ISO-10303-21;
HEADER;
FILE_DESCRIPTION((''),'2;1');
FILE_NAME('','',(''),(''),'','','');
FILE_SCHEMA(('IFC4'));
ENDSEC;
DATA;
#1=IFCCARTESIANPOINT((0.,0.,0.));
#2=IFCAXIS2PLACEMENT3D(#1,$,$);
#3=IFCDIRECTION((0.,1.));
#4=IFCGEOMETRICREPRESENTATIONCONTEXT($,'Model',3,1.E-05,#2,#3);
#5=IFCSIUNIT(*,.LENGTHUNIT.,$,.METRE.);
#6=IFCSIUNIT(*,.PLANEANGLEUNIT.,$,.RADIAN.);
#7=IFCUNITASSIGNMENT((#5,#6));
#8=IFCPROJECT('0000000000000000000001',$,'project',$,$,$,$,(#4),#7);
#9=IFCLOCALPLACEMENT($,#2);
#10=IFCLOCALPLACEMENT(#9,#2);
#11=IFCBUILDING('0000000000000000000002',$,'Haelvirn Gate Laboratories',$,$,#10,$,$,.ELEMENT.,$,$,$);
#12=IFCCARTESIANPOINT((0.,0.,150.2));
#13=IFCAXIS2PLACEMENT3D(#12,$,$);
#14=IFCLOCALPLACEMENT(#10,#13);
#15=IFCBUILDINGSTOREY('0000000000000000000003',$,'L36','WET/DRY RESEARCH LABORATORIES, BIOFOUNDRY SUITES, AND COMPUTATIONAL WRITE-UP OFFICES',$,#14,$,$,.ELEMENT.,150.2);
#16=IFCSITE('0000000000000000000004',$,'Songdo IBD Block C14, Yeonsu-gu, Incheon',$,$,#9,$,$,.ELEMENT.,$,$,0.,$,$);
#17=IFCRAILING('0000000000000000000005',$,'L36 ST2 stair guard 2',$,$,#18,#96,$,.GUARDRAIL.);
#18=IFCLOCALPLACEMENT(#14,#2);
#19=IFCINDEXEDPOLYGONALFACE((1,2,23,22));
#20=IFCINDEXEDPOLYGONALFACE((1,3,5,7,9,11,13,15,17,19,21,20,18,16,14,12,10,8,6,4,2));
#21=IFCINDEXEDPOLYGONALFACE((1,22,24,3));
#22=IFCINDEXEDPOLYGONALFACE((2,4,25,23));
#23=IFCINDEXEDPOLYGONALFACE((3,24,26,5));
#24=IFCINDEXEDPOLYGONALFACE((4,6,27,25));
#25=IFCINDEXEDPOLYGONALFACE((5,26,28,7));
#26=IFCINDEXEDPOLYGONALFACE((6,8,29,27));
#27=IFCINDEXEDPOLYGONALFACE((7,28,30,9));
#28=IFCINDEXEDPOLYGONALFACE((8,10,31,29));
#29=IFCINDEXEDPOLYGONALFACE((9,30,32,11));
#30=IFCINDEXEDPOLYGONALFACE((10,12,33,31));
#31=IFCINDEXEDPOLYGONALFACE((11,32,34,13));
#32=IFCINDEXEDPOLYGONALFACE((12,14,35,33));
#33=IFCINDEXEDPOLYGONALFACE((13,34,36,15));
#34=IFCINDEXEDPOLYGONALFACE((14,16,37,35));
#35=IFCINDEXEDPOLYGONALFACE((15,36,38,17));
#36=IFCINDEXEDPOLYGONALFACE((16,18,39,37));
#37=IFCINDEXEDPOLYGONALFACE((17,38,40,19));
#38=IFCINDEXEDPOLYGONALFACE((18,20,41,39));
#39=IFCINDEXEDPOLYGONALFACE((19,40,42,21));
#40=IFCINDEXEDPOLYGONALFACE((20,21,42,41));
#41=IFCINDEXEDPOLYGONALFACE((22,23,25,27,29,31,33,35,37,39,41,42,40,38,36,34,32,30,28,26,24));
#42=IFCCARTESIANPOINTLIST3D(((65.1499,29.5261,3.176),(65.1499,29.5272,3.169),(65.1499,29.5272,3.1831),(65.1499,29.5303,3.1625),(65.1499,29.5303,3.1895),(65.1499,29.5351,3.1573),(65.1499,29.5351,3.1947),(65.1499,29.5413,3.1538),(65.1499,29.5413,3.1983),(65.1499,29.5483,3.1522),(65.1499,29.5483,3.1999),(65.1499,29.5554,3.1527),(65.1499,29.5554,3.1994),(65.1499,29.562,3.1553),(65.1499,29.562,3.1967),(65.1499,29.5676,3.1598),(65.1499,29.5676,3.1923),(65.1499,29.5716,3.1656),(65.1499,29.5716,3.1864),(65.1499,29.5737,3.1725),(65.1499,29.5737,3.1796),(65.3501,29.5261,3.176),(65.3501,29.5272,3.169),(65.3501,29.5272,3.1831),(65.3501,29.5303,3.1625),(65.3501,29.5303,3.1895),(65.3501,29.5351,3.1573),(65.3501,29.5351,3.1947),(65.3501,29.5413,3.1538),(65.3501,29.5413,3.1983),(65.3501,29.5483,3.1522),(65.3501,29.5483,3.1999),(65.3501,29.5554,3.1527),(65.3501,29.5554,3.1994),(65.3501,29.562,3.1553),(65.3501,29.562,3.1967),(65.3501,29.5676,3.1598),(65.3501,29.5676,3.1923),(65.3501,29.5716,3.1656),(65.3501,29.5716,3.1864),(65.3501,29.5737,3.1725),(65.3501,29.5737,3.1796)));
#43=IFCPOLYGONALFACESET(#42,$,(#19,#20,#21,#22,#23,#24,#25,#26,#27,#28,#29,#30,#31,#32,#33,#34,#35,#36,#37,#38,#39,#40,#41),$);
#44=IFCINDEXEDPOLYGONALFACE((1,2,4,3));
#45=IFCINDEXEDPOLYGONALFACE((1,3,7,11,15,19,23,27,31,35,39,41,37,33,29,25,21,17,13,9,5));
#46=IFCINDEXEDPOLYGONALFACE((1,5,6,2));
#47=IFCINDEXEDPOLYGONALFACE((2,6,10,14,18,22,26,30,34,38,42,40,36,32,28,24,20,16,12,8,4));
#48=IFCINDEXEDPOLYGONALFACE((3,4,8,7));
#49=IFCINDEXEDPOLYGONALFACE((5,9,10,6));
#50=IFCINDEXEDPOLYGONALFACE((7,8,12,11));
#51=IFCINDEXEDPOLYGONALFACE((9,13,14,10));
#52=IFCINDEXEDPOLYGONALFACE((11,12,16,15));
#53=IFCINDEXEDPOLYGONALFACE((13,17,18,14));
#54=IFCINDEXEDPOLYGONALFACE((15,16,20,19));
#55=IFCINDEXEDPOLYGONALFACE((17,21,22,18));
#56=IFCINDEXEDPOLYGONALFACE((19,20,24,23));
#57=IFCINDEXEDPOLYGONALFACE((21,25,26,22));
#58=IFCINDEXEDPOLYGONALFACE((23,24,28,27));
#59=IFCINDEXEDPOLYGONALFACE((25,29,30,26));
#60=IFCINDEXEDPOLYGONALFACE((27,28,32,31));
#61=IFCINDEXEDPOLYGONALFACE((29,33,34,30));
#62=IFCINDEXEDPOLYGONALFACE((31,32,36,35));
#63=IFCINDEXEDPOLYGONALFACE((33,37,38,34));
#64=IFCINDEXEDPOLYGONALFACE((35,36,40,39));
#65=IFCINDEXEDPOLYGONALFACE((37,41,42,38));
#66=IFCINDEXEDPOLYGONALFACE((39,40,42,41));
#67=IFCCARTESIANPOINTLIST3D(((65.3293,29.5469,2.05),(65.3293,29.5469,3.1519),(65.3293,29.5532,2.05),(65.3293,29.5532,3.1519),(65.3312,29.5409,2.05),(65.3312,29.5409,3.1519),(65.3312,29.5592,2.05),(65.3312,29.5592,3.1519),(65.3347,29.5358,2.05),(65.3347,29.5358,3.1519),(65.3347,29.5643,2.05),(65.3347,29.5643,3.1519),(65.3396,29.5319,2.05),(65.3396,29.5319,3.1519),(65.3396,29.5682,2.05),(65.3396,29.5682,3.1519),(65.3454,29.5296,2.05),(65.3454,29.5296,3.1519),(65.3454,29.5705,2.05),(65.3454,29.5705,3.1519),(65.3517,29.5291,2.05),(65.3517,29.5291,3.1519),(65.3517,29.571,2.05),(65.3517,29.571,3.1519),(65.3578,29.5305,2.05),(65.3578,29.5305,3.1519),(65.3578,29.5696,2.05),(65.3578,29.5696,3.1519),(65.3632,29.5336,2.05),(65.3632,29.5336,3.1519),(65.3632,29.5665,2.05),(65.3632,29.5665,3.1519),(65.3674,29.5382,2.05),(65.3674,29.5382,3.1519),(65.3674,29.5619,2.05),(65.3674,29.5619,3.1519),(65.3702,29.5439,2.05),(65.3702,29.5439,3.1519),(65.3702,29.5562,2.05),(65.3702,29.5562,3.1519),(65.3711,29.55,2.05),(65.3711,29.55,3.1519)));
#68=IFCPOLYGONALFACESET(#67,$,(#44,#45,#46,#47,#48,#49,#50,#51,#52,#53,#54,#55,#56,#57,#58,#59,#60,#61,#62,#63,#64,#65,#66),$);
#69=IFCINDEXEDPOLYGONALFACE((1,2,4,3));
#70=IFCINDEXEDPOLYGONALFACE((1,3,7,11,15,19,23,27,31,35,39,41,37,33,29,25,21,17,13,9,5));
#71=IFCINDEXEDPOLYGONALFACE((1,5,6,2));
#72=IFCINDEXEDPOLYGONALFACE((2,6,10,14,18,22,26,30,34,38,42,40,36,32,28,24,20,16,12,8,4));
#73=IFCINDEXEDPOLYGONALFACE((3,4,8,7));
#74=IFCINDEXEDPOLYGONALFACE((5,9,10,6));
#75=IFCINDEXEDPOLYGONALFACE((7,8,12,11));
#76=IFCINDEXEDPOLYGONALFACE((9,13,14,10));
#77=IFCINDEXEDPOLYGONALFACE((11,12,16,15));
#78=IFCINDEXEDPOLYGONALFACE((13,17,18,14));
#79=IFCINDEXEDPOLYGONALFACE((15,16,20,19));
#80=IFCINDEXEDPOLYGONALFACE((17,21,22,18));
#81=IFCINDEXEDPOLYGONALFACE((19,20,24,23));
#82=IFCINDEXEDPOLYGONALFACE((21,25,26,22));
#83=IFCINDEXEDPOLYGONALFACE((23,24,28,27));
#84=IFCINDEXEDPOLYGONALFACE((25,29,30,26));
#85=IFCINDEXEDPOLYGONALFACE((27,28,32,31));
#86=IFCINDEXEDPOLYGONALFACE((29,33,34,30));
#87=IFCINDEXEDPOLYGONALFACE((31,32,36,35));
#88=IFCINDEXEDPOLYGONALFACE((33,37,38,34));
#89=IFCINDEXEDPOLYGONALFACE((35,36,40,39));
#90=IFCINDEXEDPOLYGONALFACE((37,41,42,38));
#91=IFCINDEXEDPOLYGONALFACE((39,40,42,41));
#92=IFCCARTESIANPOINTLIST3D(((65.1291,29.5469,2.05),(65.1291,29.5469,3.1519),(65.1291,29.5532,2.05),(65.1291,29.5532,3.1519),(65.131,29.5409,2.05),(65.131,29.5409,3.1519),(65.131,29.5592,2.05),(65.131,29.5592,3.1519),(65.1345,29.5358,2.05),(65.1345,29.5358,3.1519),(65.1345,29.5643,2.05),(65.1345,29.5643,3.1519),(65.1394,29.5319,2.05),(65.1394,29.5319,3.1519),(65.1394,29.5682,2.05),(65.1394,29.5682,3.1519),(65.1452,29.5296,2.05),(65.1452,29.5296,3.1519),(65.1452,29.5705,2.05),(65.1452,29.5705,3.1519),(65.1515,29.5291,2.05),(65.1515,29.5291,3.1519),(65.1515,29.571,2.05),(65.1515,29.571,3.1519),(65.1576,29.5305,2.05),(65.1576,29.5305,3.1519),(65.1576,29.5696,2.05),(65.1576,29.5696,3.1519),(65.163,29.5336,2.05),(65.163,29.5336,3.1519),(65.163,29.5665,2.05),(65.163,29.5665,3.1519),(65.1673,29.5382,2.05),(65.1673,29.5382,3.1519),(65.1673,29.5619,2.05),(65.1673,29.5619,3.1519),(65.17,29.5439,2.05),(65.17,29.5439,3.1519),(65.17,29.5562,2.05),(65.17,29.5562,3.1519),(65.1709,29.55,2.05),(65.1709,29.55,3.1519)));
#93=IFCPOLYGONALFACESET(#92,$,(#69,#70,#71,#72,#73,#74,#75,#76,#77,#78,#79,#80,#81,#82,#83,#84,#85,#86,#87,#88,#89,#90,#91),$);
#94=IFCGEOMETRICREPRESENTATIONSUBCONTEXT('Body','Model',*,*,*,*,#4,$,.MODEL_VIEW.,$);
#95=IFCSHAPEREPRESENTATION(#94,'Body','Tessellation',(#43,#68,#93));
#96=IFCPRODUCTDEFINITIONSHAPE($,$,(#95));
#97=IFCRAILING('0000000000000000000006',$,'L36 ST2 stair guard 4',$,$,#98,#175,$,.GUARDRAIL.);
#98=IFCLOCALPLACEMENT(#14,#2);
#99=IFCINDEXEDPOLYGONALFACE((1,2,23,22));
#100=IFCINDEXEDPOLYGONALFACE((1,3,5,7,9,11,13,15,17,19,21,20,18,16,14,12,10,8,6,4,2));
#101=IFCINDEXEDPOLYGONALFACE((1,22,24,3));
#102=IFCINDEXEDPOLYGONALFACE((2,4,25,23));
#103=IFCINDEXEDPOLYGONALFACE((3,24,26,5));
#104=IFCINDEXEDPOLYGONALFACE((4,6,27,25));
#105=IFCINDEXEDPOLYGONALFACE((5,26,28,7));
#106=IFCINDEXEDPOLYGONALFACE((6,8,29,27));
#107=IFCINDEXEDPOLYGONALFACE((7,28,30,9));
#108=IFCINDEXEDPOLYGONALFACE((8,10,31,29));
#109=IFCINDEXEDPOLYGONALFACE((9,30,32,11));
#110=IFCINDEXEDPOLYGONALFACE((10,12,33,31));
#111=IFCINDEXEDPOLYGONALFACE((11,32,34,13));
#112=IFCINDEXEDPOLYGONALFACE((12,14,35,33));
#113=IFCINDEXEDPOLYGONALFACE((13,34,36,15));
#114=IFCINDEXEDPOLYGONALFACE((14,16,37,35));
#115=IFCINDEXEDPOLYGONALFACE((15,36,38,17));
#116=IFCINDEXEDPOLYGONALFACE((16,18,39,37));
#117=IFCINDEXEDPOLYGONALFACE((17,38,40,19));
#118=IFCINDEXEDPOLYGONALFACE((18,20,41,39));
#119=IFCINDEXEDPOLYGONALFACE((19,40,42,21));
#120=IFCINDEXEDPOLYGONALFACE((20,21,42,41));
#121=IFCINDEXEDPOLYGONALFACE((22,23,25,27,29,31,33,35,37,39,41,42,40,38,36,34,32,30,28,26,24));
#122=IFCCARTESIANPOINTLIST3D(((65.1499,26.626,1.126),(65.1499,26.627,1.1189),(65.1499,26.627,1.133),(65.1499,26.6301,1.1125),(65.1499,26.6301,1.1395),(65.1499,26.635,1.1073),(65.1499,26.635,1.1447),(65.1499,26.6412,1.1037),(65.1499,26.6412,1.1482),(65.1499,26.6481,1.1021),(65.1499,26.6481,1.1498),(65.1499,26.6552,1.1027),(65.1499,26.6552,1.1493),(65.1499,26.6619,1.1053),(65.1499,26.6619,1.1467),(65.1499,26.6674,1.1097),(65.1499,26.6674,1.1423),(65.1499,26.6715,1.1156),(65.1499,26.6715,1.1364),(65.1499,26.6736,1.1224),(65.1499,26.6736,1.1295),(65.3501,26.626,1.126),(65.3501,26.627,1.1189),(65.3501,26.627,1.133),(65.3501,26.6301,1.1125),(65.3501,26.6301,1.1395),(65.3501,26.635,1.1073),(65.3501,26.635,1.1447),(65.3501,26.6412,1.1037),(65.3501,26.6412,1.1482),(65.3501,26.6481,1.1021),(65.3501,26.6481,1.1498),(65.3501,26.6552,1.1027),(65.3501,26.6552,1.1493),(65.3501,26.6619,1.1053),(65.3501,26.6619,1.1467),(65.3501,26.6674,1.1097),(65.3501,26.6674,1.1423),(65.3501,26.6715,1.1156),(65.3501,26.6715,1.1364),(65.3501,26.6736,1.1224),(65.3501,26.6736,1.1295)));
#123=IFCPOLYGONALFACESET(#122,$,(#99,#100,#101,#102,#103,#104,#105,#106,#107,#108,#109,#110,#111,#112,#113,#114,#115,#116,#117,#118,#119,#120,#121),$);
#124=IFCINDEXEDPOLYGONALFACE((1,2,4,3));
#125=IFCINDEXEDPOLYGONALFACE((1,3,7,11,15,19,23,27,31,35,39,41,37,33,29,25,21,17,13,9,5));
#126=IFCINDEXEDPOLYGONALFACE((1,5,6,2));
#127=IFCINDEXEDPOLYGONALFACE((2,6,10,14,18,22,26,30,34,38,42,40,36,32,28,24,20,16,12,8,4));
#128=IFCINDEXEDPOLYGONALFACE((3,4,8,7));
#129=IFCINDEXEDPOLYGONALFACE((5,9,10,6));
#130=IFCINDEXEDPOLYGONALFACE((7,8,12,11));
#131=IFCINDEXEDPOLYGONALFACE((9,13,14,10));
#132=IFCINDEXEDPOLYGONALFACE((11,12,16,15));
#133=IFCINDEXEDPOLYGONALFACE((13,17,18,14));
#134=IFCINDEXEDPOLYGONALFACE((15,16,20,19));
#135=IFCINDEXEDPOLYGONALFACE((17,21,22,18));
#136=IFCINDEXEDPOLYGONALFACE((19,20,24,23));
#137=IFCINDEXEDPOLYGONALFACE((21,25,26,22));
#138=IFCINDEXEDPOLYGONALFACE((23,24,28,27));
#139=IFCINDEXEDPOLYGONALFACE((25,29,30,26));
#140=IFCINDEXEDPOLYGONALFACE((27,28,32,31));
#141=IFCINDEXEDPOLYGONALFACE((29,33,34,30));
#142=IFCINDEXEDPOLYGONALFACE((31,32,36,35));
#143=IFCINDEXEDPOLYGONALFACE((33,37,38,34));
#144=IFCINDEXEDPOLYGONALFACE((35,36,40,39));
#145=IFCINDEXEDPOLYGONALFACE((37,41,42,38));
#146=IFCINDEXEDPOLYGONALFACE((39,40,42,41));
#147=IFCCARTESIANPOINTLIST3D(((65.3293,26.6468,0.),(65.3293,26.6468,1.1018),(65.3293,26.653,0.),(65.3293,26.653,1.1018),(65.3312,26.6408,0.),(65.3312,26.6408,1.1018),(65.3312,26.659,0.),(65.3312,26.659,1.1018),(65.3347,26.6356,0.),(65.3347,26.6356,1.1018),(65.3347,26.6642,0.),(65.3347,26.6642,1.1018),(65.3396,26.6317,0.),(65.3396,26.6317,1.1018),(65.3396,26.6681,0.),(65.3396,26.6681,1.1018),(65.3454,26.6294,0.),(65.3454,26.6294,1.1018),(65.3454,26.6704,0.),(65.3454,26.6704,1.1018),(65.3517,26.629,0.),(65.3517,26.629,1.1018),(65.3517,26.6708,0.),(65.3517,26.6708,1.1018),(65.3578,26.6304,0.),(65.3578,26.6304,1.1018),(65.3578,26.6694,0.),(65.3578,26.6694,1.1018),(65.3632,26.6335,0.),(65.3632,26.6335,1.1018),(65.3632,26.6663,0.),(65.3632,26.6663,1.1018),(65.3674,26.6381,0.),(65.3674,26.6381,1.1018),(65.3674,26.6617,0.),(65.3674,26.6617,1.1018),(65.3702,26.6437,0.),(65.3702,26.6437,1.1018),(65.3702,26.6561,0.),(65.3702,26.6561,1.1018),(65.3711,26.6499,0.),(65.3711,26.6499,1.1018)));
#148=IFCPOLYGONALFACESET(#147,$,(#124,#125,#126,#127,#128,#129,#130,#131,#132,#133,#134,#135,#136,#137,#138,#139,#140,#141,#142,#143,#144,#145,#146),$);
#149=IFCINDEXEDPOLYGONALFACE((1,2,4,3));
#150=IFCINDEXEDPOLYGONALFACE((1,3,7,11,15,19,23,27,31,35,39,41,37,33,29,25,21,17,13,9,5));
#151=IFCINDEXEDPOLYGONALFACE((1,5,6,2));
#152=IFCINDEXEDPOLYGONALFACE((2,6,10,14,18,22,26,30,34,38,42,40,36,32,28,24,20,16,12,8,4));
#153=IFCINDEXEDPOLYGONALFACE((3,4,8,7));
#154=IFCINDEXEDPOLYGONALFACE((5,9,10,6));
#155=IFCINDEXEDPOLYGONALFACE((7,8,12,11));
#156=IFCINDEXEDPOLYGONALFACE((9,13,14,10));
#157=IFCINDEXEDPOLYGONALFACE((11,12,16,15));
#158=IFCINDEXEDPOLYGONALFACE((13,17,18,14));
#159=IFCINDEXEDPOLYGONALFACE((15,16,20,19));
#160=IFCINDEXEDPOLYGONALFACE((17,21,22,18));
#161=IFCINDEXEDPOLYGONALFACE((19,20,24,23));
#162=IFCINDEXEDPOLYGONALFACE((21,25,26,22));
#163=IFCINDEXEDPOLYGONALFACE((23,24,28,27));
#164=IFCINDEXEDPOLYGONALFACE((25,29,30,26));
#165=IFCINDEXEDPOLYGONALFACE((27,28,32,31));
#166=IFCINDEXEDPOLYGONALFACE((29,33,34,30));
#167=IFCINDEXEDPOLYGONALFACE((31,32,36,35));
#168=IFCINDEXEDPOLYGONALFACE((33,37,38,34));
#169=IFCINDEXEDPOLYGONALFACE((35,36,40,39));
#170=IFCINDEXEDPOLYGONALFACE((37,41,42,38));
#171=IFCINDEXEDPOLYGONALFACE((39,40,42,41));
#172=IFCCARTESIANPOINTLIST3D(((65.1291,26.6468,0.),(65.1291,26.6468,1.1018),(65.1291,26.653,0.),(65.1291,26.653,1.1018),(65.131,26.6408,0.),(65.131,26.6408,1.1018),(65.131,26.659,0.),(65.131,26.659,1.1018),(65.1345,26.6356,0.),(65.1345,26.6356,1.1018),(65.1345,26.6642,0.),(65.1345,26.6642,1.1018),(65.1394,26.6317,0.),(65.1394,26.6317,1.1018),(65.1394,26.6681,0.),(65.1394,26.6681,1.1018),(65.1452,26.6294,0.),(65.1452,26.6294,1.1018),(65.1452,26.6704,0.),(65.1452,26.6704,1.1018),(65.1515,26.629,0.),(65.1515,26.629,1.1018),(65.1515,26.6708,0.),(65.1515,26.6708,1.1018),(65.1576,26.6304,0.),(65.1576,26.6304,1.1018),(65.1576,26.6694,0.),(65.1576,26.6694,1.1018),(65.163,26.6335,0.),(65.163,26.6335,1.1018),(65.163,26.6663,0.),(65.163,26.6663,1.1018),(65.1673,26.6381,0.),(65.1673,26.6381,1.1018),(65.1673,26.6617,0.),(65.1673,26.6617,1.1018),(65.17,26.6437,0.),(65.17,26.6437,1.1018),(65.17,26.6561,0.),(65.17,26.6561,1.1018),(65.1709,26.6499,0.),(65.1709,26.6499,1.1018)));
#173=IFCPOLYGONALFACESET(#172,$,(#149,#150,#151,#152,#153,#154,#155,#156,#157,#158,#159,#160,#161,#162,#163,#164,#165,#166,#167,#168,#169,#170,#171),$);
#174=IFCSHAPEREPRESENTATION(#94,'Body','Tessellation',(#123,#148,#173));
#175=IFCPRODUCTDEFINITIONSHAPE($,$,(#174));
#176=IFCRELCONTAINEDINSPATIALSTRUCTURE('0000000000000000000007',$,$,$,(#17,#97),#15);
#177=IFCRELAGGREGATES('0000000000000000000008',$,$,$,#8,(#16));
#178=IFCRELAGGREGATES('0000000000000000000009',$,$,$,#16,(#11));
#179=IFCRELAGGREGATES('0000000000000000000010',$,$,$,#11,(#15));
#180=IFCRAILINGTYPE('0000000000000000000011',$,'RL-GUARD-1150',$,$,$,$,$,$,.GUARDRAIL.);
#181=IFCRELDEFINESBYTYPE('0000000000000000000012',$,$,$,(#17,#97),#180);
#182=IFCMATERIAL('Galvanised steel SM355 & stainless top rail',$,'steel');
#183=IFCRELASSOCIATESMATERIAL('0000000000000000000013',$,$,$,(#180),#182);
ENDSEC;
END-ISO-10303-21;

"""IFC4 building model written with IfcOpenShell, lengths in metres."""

from ifc_helpers import new_model, si_unit, direction, frame, origin, origin_2d, place, context, subcontext, project, spatial, circle, extrude, source, transform, mapped, material, type_object, element, save


model = new_model("IFC4")

# Units and contexts
model_context = context("Model", 3, precision=1e-05, world=origin(), true_north=direction((0.0, 1.0)))
body_context = subcontext(model_context, "Body", "Model", "MODEL_VIEW")
ifc_project = project(units=[si_unit("LENGTHUNIT", "METRE"), si_unit("PLANEANGLEUNIT", "RADIAN")], contexts=[model_context])

# Site, building, storey
site_placement = place(None, origin())
site = spatial("IfcSite", under=ifc_project, at=site_placement, Name="Songdo IBD Block C14, Yeonsu-gu, Incheon", CompositionType="ELEMENT", RefElevation=0.0)
building_placement = place(site_placement, origin())
building = spatial("IfcBuilding", under=site, at=building_placement, Name="Haelvirn Gate Laboratories", CompositionType="ELEMENT")
storey_placement = place(building_placement, frame((0.0, 0.0, 150.2)))
storey = spatial("IfcBuildingStorey", under=building, at=storey_placement, Name="L36", Description="WET/DRY RESEARCH LABORATORIES, BIOFOUNDRY SUITES, AND COMPUTATIONAL WRITE-UP OFFICES", CompositionType="ELEMENT", Elevation=150.2)

# Railings
ifc_material_1 = material(Name="Galvanised steel SM355 & stainless top rail", Category="steel")
railing_type_1 = type_object("IfcRailingType", Name="RL-GUARD-1150", PredefinedType="GUARDRAIL", material=ifc_material_1)
shared_shape_1 = source(origin(), body_context, "Body", "SweptSolid", [
    extrude(circle(Radius=0.0239, at=origin_2d()), frame((0.0, 0.0, 1.126), z_axis=(-1.0, 0.0, 0.0), x_axis=(0.0, -1.0, 0.0)), (0.0, 0.0, 1.0), 0.2002),
    extrude(circle(Radius=0.021, at=origin_2d()), origin(), (0.0, 0.0, 1.0), 1.1018),
    extrude(circle(Radius=0.021, at=origin_2d()), frame((-0.2002, 0.0, 0.0)), (0.0, 0.0, 1.0), 1.1018),
])
for number, where, name in (
    (1, (65.3501, 29.55, 2.05), "L36 ST2 stair guard 2"),
    (2, (65.3501, 26.6499, 0.0), "L36 ST2 stair guard 4"),
):
    element("IfcRailing", number, at=place(storey_placement, frame(where)), inside=storey, type_object=railing_type_1, Name=name, PredefinedType="GUARDRAIL", context=body_context, shape_type="MappedRepresentation", body=[
        mapped(shared_shape_1, transform((0.0, 0.0, 0.0), scale=1.0)),
    ])

save(model, "model.ifc")
